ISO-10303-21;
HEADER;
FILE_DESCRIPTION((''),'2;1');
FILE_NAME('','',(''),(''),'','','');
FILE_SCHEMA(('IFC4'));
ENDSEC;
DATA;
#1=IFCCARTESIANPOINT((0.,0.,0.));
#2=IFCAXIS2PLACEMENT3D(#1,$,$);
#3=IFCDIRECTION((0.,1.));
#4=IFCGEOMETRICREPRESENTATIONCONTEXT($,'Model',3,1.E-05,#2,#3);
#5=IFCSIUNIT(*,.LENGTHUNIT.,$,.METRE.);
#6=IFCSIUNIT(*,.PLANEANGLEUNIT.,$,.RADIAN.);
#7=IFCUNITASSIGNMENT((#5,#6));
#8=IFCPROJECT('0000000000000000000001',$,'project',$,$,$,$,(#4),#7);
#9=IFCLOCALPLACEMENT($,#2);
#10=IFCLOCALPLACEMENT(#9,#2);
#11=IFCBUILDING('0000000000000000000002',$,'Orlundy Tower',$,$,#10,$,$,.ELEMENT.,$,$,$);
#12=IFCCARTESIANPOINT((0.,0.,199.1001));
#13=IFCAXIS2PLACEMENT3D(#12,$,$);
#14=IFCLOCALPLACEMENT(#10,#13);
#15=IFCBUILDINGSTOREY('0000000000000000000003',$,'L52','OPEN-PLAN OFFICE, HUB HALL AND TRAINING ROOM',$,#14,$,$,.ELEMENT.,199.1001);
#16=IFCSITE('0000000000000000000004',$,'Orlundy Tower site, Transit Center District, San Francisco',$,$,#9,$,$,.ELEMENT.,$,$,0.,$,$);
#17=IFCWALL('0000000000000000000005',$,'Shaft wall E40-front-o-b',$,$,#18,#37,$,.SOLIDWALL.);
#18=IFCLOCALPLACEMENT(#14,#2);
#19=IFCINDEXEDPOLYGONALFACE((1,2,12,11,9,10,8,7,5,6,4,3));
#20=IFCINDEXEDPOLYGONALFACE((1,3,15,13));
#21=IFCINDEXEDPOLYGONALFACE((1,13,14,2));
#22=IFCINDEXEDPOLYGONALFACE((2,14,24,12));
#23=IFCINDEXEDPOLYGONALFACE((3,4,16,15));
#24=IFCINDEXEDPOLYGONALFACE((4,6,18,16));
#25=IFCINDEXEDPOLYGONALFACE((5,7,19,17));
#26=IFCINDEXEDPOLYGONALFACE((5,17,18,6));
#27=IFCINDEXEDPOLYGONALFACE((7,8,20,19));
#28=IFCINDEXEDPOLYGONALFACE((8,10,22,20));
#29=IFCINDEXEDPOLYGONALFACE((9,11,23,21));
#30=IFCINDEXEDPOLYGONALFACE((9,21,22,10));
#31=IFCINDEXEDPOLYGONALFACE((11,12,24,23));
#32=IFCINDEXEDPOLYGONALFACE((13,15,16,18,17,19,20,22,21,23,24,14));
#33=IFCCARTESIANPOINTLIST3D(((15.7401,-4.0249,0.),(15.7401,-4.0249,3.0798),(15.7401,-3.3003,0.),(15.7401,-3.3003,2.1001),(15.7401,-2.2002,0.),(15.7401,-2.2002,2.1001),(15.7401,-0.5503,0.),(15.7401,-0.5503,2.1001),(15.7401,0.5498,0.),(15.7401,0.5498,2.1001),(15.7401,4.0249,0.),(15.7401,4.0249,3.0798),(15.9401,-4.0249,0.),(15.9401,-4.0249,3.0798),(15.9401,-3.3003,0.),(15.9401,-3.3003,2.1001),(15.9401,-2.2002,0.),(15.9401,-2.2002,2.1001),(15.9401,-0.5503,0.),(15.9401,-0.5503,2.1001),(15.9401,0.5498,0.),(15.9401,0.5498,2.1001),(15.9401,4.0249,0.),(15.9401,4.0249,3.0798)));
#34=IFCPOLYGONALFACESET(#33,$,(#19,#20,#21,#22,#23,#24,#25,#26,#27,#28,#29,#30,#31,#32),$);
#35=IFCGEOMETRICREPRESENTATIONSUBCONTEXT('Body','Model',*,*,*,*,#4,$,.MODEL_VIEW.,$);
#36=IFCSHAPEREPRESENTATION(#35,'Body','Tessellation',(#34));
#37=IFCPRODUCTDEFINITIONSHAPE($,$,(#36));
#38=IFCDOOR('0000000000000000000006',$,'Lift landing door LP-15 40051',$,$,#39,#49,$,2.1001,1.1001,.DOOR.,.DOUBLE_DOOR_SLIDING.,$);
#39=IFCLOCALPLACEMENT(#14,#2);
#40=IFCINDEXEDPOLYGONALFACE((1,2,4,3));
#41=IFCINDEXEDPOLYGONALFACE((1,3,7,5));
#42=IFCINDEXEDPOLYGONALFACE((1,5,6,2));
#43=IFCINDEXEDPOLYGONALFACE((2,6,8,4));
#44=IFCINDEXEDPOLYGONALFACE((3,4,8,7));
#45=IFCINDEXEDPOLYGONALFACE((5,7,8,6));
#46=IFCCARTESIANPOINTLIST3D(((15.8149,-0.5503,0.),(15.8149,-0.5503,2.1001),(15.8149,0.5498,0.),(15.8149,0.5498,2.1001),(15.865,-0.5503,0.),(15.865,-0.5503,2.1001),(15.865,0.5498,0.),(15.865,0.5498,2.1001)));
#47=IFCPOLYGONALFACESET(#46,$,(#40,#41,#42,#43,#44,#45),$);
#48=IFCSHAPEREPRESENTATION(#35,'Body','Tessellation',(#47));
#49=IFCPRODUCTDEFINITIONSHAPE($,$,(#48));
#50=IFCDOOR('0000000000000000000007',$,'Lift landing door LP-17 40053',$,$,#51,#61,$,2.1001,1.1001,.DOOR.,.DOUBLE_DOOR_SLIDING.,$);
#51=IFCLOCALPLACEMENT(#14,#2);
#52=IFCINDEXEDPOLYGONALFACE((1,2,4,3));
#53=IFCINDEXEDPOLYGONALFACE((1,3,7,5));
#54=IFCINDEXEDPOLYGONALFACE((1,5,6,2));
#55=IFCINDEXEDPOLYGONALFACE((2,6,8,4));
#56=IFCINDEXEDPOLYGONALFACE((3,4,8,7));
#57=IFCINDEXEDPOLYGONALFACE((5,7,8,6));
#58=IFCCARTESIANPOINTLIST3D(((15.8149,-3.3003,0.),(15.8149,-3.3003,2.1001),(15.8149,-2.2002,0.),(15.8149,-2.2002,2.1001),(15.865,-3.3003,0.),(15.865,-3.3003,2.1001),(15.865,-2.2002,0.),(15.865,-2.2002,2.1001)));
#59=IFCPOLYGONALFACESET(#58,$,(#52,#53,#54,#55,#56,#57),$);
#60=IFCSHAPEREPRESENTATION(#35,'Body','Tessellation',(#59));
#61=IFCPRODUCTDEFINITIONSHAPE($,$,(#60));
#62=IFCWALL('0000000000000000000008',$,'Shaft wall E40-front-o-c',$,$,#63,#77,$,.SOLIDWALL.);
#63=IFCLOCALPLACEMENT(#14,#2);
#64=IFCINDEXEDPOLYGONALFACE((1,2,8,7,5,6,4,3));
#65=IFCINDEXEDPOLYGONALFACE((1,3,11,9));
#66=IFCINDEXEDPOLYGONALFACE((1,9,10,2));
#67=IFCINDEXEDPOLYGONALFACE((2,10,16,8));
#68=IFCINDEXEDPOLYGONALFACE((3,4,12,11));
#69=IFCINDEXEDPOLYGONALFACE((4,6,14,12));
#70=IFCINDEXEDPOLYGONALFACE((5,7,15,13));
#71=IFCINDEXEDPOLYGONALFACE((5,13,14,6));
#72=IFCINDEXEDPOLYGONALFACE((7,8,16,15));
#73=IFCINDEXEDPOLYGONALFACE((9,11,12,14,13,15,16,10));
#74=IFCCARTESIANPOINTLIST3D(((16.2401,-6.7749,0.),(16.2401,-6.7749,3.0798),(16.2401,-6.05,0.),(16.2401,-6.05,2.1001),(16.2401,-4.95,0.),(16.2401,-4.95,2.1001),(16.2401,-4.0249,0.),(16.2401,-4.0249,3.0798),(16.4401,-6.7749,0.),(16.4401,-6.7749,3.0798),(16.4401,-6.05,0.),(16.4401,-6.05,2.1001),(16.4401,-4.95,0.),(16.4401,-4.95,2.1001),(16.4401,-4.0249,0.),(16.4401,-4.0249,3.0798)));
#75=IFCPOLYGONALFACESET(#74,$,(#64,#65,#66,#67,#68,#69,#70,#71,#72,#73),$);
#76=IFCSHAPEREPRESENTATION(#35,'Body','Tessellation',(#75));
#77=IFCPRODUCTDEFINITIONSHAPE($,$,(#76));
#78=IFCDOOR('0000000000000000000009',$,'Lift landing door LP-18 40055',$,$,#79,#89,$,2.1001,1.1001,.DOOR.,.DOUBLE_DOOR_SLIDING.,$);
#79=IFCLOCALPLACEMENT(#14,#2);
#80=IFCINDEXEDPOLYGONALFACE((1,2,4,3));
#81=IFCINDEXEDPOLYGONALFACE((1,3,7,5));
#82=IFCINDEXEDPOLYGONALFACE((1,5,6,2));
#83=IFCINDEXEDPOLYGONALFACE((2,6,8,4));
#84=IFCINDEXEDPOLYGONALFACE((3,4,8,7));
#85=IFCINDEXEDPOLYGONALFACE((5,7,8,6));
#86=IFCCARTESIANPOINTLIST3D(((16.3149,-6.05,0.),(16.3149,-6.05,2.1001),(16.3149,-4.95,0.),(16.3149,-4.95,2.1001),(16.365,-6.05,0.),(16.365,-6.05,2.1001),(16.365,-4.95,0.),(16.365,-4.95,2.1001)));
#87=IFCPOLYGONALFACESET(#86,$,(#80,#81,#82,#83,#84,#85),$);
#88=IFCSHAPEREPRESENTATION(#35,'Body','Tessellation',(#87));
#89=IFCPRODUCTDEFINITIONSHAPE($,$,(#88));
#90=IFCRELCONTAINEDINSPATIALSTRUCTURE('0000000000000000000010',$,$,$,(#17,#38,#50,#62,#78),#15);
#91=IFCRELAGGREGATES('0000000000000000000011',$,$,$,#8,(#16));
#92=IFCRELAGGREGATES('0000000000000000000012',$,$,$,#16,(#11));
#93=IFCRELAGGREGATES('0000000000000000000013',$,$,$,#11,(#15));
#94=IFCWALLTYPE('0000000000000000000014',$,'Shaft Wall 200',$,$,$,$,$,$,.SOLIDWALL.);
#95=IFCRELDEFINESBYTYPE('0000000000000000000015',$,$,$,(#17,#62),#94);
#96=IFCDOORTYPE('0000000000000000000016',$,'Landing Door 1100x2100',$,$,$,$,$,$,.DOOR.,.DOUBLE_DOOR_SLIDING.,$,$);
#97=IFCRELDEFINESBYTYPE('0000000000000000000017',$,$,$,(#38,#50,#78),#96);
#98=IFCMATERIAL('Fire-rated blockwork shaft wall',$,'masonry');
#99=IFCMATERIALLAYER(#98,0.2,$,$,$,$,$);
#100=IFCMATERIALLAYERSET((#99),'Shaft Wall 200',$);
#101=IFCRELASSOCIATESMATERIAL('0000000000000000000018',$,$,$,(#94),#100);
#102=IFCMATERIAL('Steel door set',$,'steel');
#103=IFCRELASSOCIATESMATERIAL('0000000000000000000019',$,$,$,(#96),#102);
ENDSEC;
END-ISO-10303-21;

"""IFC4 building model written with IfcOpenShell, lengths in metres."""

from ifc_helpers import new_model, si_unit, direction, frame, frame_2d, origin, place, context, subcontext, project, spatial, rectangle, extrude, material, layer, layer_set, type_object, element, fill, save


model = new_model("IFC4")

# Units and contexts
model_context = context("Model", 3, precision=1e-05, world=origin(), true_north=direction((0.0, 1.0)))
body_context = subcontext(model_context, "Body", "Model", "MODEL_VIEW")
ifc_project = project(units=[si_unit("LENGTHUNIT", "METRE"), si_unit("PLANEANGLEUNIT", "RADIAN")], contexts=[model_context])

# Site, building, storey
site_placement = place(None, origin())
site = spatial("IfcSite", under=ifc_project, at=site_placement, Name="Orlundy Tower site, Transit Center District, San Francisco", CompositionType="ELEMENT", RefElevation=0.0)
building_placement = place(site_placement, origin())
building = spatial("IfcBuilding", under=site, at=building_placement, Name="Orlundy Tower", CompositionType="ELEMENT")
storey_placement = place(building_placement, frame((0.0, 0.0, 199.1001)))
storey = spatial("IfcBuildingStorey", under=building, at=storey_placement, Name="L52", Description="OPEN-PLAN OFFICE, HUB HALL AND TRAINING ROOM", CompositionType="ELEMENT", Elevation=199.1001)

# Shared definitions
ifc_material_1 = material(Name="Fire-rated blockwork shaft wall", Category="masonry")
ifc_layer_1 = layer(ifc_material_1, 0.2)
ifc_layer_set_1 = layer_set([ifc_layer_1], Name="Shaft Wall 200")
wall_type_1 = type_object("IfcWallType", Name="Shaft Wall 200", PredefinedType="SOLIDWALL", material=ifc_layer_set_1)
ifc_material_2 = material(Name="Steel door set", Category="steel")
door_type = type_object("IfcDoorType", Name="Landing Door 1100x2100", OperationType="DOUBLE_DOOR_SLIDING", PredefinedType="DOOR", material=ifc_material_2)

# Wall, openings, doors
wall_1_placement = place(storey_placement, frame((15.8401, 4.0249, 0.0), z_axis=(0.0, 0.0, 1.0), x_axis=(0.0, -1.0, 0.0)))
wall_1 = element("IfcWall", 1, at=wall_1_placement, inside=storey, type_object=wall_type_1, Name="Shaft wall E40-front-o-b", PredefinedType="SOLIDWALL", context=body_context, shape_type="SweptSolid", body=[
    extrude(rectangle(XDim=8.0498, YDim=0.2, at=frame_2d((4.0249, 0.0))), origin(), (0.0, 0.0, 1.0), 3.0798),
])
opening_1_placement = place(wall_1_placement, frame((3.4751, 0.0, 0.0)))
opening_1 = element("IfcOpeningElement", 2, at=opening_1_placement, cuts=wall_1, PredefinedType="OPENING", context=body_context, shape_type="SweptSolid", body=[
    extrude(rectangle(XDim=1.1001, YDim=2.1001, at=frame_2d((0.55, 1.05))), frame((0.0, 0.1101, 0.0), z_axis=(0.0, -1.0, 0.0), x_axis=(1.0, 0.0, 0.0)), (0.0, 0.0, 1.0), 0.2202),
])
opening_2_placement = place(wall_1_placement, frame((6.2251, 0.0, 0.0)))
opening_2 = element("IfcOpeningElement", 3, at=opening_2_placement, cuts=wall_1, PredefinedType="OPENING", context=body_context, shape_type="SweptSolid", body=[
    extrude(rectangle(XDim=1.1001, YDim=2.1001, at=frame_2d((0.55, 1.05))), frame((0.0, 0.1101, 0.0), z_axis=(0.0, -1.0, 0.0), x_axis=(1.0, 0.0, 0.0)), (0.0, 0.0, 1.0), 0.2202),
])
door_1_placement = place(opening_1_placement, origin())
door_1 = element("IfcDoor", 4, at=door_1_placement, inside=storey, type_object=door_type, Name="Lift landing door LP-15 40051", OperationType="DOUBLE_DOOR_SLIDING", OverallHeight=2.1001, OverallWidth=1.1001, PredefinedType="DOOR", context=body_context, shape_type="SweptSolid", body=[
    extrude(rectangle(XDim=1.1001, YDim=2.1001, at=frame_2d((0.55, 1.05))), frame((0.0, 0.0249, 0.0), z_axis=(0.0, -1.0, 0.0), x_axis=(1.0, 0.0, 0.0)), (0.0, 0.0, 1.0), 0.05),
])
fill(opening_1, door_1)
door_2_placement = place(opening_2_placement, origin())
door_2 = element("IfcDoor", 5, at=door_2_placement, inside=storey, type_object=door_type, Name="Lift landing door LP-17 40053", OperationType="DOUBLE_DOOR_SLIDING", OverallHeight=2.1001, OverallWidth=1.1001, PredefinedType="DOOR", context=body_context, shape_type="SweptSolid", body=[
    extrude(rectangle(XDim=1.1001, YDim=2.1001, at=frame_2d((0.55, 1.05))), frame((0.0, 0.0249, 0.0), z_axis=(0.0, -1.0, 0.0), x_axis=(1.0, 0.0, 0.0)), (0.0, 0.0, 1.0), 0.05),
])
fill(opening_2, door_2)

# Wall, opening, door
wall_2_placement = place(storey_placement, frame((16.3401, -4.0249, 0.0), z_axis=(0.0, 0.0, 1.0), x_axis=(0.0, -1.0, 0.0)))
wall_2 = element("IfcWall", 6, at=wall_2_placement, inside=storey, type_object=wall_type_1, Name="Shaft wall E40-front-o-c", PredefinedType="SOLIDWALL", context=body_context, shape_type="SweptSolid", body=[
    extrude(rectangle(XDim=2.75, YDim=0.2, at=frame_2d((1.375, 0.0))), origin(), (0.0, 0.0, 1.0), 3.0798),
])
opening_3_placement = place(wall_2_placement, frame((0.925, 0.0, 0.0)))
opening_3 = element("IfcOpeningElement", 7, at=opening_3_placement, cuts=wall_2, PredefinedType="OPENING", context=body_context, shape_type="SweptSolid", body=[
    extrude(rectangle(XDim=1.1001, YDim=2.1001, at=frame_2d((0.55, 1.05))), frame((0.0, 0.1101, 0.0), z_axis=(0.0, -1.0, 0.0), x_axis=(1.0, 0.0, 0.0)), (0.0, 0.0, 1.0), 0.2202),
])
door_3_placement = place(opening_3_placement, origin())
door_3 = element("IfcDoor", 8, at=door_3_placement, inside=storey, type_object=door_type, Name="Lift landing door LP-18 40055", OperationType="DOUBLE_DOOR_SLIDING", OverallHeight=2.1001, OverallWidth=1.1001, PredefinedType="DOOR", context=body_context, shape_type="SweptSolid", body=[
    extrude(rectangle(XDim=1.1001, YDim=2.1001, at=frame_2d((0.55, 1.05))), frame((0.0, 0.0249, 0.0), z_axis=(0.0, -1.0, 0.0), x_axis=(1.0, 0.0, 0.0)), (0.0, 0.0, 1.0), 0.05),
])
fill(opening_3, door_3)

save(model, "model.ifc")
